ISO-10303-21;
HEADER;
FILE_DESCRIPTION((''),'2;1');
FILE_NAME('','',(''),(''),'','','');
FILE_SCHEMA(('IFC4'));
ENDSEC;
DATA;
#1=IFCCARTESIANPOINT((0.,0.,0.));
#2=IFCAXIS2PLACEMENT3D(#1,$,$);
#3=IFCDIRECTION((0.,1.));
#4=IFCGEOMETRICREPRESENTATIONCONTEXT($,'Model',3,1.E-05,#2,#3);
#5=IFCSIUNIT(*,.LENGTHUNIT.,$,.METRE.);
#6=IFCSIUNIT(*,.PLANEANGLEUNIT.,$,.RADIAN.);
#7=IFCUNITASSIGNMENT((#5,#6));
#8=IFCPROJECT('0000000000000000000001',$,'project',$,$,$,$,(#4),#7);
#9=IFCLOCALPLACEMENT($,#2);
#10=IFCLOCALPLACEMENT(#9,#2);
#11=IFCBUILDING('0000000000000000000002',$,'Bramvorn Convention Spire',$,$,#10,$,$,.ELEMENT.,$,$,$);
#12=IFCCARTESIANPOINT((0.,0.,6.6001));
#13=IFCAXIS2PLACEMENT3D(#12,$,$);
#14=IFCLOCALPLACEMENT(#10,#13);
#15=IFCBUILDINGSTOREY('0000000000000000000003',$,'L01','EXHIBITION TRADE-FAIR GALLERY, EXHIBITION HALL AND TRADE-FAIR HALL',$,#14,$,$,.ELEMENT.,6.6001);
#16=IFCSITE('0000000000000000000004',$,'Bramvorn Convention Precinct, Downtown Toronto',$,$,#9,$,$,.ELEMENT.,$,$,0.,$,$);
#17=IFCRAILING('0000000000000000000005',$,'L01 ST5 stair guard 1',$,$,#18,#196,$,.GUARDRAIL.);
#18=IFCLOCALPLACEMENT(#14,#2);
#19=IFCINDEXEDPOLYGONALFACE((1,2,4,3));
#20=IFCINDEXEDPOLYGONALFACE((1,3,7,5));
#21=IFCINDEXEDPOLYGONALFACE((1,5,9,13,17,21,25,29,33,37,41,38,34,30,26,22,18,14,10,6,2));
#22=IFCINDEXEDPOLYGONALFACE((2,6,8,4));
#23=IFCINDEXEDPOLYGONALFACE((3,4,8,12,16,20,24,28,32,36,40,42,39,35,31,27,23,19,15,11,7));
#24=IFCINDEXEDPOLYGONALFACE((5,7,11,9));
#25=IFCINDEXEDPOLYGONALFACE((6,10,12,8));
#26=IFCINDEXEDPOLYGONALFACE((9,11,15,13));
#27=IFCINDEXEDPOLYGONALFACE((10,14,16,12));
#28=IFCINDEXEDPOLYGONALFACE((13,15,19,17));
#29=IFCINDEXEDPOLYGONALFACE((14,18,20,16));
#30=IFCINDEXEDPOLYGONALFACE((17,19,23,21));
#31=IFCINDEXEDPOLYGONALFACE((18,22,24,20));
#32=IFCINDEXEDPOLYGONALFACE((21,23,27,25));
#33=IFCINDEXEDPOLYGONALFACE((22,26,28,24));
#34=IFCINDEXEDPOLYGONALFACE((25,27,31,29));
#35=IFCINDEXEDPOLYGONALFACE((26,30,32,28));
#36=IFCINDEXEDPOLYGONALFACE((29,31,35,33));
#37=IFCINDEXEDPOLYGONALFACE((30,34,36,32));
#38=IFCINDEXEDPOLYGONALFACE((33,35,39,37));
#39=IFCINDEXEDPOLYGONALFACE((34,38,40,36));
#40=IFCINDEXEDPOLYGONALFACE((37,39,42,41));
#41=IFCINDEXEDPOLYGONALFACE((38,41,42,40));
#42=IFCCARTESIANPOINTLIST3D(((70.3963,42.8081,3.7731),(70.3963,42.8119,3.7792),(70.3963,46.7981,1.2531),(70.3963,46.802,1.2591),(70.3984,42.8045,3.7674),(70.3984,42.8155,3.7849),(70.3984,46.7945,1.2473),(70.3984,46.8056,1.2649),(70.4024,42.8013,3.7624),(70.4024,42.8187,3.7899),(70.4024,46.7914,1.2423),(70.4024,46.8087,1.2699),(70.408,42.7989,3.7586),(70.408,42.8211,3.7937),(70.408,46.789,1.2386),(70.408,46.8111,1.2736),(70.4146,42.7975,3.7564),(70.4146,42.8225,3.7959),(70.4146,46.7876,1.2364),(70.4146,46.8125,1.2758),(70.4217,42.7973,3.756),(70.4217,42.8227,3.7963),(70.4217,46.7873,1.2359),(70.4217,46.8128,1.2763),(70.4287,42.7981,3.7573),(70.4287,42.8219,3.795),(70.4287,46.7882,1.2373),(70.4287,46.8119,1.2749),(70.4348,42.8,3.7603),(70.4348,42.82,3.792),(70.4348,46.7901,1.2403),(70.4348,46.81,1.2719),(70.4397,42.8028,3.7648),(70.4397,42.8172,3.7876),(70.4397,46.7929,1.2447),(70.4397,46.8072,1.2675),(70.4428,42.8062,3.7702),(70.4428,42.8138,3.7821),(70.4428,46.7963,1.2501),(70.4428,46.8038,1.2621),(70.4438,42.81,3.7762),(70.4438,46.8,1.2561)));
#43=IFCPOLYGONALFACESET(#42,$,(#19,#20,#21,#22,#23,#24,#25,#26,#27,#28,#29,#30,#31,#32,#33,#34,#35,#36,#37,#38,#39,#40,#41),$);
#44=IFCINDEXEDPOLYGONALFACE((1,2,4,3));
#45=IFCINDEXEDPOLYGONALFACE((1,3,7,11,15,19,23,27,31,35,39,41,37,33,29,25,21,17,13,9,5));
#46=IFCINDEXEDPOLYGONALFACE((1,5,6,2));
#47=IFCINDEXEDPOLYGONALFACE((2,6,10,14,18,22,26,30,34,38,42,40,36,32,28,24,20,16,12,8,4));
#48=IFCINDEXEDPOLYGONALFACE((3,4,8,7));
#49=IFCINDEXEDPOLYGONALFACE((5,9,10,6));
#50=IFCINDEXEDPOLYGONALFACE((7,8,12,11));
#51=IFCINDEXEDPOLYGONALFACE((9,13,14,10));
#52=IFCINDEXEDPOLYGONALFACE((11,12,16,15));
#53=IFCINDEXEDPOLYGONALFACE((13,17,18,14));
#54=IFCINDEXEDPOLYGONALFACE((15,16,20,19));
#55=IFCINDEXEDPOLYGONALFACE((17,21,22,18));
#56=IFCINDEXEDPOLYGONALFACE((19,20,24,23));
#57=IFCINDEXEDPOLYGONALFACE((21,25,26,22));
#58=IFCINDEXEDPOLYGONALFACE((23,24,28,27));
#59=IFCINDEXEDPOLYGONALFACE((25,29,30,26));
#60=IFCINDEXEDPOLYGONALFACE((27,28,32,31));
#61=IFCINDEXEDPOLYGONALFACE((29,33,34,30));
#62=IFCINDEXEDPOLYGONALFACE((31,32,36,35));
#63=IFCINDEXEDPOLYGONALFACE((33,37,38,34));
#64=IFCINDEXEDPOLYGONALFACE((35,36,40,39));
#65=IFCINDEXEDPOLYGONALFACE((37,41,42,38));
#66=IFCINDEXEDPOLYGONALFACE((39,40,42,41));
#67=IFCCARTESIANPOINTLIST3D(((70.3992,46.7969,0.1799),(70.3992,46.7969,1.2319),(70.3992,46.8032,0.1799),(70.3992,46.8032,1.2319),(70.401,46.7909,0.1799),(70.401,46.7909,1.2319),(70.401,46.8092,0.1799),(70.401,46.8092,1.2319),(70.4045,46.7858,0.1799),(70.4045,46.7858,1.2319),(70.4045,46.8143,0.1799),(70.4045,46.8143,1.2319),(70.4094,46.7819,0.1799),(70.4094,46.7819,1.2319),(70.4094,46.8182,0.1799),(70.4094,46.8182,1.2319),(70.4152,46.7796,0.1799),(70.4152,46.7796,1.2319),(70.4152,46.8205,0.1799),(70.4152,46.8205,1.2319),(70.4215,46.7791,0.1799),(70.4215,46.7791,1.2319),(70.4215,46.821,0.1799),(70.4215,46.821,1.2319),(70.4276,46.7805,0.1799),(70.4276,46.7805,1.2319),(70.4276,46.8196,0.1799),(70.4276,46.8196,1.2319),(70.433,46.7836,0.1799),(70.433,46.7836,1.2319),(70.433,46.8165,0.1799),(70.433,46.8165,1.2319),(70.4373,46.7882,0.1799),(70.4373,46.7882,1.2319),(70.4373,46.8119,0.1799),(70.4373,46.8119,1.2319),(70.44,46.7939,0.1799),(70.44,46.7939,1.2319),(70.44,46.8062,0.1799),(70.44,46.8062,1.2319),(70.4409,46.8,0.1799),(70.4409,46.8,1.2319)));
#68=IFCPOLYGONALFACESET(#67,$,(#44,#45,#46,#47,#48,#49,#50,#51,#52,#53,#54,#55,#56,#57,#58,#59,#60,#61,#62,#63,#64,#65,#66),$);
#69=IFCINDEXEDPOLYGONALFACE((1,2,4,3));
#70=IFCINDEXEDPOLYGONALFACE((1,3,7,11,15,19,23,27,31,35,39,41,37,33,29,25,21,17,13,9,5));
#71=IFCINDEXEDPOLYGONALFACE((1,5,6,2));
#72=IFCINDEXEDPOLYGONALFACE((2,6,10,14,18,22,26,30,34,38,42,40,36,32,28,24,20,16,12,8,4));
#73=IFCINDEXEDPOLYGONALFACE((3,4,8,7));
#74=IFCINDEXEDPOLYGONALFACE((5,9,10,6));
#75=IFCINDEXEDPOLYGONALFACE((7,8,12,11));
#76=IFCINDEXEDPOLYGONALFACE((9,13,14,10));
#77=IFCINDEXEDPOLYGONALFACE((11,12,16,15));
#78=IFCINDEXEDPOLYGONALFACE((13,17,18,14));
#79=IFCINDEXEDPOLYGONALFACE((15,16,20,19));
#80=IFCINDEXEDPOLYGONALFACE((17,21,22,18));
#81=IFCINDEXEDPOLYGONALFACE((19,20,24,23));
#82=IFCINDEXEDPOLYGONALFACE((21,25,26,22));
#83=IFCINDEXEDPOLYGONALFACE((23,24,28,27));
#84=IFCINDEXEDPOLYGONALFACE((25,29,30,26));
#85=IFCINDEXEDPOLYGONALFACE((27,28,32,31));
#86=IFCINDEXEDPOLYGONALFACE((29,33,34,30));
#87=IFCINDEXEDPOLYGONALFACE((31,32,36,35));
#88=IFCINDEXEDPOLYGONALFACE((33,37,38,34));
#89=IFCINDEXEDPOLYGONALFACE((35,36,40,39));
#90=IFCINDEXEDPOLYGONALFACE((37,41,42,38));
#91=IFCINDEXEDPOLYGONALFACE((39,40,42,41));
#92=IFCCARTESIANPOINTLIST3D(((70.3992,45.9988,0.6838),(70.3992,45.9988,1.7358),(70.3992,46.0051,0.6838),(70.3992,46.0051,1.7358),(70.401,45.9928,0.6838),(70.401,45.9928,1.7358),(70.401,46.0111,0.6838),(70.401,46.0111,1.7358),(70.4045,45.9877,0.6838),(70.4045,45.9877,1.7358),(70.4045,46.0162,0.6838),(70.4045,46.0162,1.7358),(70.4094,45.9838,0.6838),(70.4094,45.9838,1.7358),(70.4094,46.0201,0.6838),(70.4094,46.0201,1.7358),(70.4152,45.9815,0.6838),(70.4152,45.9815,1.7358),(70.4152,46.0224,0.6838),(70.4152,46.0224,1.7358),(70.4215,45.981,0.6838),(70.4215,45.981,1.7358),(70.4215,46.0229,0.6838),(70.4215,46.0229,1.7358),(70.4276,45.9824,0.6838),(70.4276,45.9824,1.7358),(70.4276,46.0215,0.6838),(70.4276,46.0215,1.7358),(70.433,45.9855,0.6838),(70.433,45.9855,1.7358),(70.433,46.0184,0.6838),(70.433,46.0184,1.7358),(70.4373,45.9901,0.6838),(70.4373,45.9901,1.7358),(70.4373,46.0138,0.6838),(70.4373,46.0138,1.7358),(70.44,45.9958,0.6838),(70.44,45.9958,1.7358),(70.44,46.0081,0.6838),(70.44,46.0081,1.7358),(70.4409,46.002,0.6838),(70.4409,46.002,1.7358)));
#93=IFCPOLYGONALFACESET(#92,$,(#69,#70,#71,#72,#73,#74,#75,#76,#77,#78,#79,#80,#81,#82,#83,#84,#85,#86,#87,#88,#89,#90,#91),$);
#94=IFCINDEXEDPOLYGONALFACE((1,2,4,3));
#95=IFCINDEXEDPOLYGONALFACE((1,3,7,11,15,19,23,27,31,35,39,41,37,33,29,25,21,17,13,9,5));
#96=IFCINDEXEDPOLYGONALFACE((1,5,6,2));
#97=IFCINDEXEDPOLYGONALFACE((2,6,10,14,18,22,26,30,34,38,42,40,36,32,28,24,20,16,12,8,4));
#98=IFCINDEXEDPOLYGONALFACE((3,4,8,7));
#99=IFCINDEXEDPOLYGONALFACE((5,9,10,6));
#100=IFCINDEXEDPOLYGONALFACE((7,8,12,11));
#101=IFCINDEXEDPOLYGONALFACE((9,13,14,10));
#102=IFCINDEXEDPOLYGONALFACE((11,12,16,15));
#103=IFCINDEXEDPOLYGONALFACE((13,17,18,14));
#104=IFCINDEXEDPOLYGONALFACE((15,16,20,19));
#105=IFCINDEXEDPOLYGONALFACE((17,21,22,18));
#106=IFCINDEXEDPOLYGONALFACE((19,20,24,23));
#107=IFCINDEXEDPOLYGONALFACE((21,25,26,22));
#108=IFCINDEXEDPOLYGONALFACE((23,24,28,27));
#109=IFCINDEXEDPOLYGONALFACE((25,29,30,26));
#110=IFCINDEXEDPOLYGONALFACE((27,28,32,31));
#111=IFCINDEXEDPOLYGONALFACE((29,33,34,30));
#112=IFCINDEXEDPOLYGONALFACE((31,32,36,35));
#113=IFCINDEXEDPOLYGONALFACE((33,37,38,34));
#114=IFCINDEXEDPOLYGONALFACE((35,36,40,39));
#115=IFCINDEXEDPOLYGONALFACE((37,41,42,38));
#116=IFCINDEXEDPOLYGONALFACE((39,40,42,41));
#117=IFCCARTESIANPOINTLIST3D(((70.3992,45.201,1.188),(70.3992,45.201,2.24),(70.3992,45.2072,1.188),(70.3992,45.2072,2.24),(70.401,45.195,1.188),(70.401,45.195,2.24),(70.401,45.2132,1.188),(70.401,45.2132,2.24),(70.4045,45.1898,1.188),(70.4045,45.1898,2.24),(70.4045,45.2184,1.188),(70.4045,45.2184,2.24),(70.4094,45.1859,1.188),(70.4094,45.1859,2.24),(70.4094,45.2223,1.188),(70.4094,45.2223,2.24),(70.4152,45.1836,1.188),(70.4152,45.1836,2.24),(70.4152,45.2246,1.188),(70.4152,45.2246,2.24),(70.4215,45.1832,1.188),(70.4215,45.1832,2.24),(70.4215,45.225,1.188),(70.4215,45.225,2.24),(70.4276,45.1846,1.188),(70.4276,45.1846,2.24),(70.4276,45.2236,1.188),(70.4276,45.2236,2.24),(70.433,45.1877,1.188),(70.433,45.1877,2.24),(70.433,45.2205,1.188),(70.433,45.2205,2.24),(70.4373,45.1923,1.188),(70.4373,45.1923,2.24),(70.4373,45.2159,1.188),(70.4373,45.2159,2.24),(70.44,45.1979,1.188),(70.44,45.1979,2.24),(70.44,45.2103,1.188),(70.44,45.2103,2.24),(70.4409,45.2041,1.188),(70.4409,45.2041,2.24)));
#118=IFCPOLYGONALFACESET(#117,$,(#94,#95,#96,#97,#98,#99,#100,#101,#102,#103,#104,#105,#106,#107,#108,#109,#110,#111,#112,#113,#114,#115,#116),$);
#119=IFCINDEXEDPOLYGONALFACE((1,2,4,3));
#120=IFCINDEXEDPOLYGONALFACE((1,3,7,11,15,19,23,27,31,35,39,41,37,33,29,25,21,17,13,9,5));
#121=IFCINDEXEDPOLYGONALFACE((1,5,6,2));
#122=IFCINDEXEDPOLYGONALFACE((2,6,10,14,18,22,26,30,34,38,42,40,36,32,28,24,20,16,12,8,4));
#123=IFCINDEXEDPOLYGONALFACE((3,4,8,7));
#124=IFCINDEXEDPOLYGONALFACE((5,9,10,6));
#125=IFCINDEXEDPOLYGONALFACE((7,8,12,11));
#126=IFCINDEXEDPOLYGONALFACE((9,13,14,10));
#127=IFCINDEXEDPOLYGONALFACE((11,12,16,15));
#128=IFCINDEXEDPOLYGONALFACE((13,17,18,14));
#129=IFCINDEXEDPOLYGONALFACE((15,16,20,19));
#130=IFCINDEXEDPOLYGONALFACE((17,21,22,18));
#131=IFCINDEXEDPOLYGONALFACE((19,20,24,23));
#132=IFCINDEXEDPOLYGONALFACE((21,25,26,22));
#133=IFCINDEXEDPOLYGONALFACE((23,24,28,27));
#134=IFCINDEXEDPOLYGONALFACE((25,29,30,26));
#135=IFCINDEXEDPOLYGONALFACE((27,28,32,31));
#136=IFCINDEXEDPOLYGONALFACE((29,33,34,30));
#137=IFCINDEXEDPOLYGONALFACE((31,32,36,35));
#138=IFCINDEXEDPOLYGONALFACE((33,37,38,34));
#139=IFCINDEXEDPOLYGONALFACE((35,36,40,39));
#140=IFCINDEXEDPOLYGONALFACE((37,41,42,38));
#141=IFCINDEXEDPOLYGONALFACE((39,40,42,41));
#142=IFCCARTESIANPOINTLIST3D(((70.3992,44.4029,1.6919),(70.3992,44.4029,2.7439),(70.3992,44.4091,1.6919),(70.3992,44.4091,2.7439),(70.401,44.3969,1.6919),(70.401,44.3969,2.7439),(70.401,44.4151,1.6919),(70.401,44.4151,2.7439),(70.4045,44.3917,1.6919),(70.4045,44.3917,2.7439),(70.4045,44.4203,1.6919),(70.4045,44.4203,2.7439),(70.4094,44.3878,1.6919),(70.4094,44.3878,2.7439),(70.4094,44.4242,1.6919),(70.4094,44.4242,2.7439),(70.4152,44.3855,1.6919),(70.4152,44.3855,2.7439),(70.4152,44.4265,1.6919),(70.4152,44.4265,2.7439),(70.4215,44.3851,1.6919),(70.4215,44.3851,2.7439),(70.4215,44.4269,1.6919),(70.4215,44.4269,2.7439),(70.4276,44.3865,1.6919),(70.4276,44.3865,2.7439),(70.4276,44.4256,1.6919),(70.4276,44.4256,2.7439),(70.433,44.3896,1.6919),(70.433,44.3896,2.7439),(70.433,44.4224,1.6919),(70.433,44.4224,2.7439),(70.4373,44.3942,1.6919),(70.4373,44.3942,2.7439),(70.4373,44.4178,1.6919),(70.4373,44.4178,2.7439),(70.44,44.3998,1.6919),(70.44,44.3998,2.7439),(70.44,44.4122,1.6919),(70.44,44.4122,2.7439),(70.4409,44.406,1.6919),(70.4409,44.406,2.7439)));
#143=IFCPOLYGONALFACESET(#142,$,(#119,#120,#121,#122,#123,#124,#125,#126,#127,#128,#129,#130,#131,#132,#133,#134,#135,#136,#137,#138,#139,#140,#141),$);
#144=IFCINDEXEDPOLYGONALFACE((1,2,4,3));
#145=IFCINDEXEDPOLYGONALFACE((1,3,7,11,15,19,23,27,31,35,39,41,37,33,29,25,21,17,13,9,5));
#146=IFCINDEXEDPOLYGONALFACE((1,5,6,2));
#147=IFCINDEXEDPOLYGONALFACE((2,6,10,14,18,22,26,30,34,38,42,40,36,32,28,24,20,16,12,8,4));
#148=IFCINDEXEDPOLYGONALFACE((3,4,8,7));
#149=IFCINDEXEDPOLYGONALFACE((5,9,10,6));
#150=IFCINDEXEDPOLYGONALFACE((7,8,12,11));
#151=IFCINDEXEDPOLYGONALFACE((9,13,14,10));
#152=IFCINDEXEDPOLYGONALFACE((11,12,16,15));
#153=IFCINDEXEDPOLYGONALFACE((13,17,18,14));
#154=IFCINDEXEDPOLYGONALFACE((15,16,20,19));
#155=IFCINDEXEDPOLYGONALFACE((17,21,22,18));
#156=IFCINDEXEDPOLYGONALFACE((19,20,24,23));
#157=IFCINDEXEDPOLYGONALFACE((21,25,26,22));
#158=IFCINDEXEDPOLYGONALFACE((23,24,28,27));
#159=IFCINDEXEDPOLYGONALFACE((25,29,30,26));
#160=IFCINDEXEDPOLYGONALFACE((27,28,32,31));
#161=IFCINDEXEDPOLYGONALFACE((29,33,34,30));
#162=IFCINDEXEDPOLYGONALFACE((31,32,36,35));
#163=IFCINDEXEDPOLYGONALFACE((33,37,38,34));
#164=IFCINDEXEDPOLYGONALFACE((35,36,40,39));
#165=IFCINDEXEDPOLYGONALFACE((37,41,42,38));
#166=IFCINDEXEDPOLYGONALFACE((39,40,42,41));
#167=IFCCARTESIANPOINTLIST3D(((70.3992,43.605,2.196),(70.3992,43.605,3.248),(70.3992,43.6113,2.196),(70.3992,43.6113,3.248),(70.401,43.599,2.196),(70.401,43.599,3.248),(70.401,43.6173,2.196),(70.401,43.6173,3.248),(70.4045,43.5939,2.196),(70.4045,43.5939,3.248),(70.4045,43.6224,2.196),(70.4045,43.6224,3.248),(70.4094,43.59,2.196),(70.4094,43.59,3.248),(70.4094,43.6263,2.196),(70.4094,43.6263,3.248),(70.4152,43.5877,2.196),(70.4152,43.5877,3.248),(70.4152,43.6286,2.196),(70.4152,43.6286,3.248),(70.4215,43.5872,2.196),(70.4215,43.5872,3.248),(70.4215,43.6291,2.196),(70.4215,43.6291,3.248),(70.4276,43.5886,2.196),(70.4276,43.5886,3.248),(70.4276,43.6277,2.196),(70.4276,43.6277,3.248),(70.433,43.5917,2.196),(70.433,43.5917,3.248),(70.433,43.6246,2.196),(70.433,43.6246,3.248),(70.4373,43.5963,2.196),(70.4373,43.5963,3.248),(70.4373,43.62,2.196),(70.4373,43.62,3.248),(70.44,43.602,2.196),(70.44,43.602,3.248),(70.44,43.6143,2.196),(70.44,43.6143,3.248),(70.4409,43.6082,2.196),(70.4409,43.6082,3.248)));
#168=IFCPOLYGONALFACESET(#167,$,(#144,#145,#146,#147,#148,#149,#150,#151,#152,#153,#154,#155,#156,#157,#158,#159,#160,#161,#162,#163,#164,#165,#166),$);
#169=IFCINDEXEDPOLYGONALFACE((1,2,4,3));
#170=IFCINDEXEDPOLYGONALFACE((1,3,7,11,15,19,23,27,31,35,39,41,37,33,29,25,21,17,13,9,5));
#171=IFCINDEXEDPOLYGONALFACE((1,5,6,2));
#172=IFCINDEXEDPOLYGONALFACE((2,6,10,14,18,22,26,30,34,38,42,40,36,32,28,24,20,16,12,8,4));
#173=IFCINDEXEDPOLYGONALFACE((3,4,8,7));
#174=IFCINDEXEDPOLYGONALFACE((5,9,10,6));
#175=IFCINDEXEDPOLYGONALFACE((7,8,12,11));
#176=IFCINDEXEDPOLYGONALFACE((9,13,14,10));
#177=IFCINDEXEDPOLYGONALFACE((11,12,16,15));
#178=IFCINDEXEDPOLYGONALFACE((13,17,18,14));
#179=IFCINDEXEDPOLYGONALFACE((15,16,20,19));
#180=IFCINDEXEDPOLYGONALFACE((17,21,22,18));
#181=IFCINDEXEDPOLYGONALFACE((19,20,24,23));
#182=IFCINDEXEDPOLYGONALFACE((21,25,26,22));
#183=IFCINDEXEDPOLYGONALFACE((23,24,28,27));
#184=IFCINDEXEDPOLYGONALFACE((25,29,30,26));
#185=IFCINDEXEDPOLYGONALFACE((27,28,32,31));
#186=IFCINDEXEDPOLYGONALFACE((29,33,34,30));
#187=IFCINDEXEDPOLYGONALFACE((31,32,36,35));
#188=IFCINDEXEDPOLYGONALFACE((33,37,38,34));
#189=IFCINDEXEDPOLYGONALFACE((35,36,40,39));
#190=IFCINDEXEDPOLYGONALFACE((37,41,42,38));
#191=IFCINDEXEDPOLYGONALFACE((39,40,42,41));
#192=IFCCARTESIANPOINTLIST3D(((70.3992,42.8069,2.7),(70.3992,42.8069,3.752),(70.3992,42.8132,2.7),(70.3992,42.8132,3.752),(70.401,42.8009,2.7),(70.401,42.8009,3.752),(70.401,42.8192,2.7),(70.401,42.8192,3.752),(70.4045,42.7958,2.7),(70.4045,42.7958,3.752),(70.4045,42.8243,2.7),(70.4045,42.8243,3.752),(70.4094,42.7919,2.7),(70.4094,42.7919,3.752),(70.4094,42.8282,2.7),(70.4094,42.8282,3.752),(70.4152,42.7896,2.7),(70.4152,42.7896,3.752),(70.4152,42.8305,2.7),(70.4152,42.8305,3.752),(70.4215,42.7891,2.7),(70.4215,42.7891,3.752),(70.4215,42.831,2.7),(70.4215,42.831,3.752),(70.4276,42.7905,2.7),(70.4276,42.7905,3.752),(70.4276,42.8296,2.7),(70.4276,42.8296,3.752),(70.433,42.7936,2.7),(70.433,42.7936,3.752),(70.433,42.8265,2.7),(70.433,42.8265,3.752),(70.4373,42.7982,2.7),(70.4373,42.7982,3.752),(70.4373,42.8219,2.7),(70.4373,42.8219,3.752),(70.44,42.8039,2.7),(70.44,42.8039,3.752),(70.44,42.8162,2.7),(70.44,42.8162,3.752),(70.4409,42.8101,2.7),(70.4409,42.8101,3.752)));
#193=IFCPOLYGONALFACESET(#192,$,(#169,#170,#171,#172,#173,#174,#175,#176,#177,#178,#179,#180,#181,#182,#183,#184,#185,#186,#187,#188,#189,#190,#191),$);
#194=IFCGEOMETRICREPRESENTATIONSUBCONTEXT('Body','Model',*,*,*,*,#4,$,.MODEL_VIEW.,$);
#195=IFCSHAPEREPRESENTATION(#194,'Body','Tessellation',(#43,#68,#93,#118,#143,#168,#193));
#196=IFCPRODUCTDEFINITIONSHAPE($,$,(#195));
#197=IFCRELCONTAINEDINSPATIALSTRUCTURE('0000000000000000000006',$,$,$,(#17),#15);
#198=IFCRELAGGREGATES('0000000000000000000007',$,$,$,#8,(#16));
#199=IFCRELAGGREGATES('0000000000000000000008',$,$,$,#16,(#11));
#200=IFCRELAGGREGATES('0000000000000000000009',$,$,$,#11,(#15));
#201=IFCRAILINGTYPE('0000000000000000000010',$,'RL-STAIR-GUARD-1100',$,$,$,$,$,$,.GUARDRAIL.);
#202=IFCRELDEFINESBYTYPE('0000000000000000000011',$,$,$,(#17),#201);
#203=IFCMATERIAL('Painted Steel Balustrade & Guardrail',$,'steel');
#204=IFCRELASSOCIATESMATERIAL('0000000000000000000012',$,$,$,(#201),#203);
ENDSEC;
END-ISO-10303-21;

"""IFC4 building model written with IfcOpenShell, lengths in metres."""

from ifc_helpers import new_model, si_unit, direction, frame, origin, origin_2d, place, context, subcontext, project, spatial, circle, extrude, material, type_object, element, save


model = new_model("IFC4")

# Units and contexts
model_context = context("Model", 3, precision=1e-05, world=origin(), true_north=direction((0.0, 1.0)))
body_context = subcontext(model_context, "Body", "Model", "MODEL_VIEW")
ifc_project = project(units=[si_unit("LENGTHUNIT", "METRE"), si_unit("PLANEANGLEUNIT", "RADIAN")], contexts=[model_context])

# Site, building, storey
site_placement = place(None, origin())
site = spatial("IfcSite", under=ifc_project, at=site_placement, Name="Bramvorn Convention Precinct, Downtown Toronto", CompositionType="ELEMENT", RefElevation=0.0)
building_placement = place(site_placement, origin())
building = spatial("IfcBuilding", under=site, at=building_placement, Name="Bramvorn Convention Spire", CompositionType="ELEMENT")
storey_placement = place(building_placement, frame((0.0, 0.0, 6.6001)))
storey = spatial("IfcBuildingStorey", under=building, at=storey_placement, Name="L01", Description="EXHIBITION TRADE-FAIR GALLERY, EXHIBITION HALL AND TRADE-FAIR HALL", CompositionType="ELEMENT", Elevation=6.6001)

# Railing
ifc_material_1 = material(Name="Painted Steel Balustrade & Guardrail", Category="steel")
railing_type_1 = type_object("IfcRailingType", Name="RL-STAIR-GUARD-1100", PredefinedType="GUARDRAIL", material=ifc_material_1)
railing_1_placement = place(storey_placement, frame((70.4199, 46.8, 0.1799)))
element("IfcRailing", 1, at=railing_1_placement, inside=storey, type_object=railing_type_1, Name="L01 ST5 stair guard 1", PredefinedType="GUARDRAIL", context=body_context, shape_type="SweptSolid", body=[
    extrude(circle(Radius=0.0239, at=origin_2d()), frame((0.0, 0.0, 1.0762), z_axis=(0.0, -0.845486, 0.533997), x_axis=(1.0, 0.0, 0.0)), (0.0, 0.0, 1.0), 4.7192),
    extrude(circle(Radius=0.021, at=origin_2d()), origin(), (0.0, 0.0, 1.0), 1.052),
    extrude(circle(Radius=0.021, at=origin_2d()), frame((0.0, -0.7981, 0.5039)), (0.0, 0.0, 1.0), 1.052),
    extrude(circle(Radius=0.021, at=origin_2d()), frame((0.0, -1.5959, 1.0081)), (0.0, 0.0, 1.0), 1.052),
    extrude(circle(Radius=0.021, at=origin_2d()), frame((0.0, -2.394, 1.512)), (0.0, 0.0, 1.0), 1.052),
    extrude(circle(Radius=0.021, at=origin_2d()), frame((0.0, -3.1919, 2.0161)), (0.0, 0.0, 1.0), 1.052),
    extrude(circle(Radius=0.021, at=origin_2d()), frame((0.0, -3.99, 2.52)), (0.0, 0.0, 1.0), 1.052),
])

save(model, "model.ifc")
